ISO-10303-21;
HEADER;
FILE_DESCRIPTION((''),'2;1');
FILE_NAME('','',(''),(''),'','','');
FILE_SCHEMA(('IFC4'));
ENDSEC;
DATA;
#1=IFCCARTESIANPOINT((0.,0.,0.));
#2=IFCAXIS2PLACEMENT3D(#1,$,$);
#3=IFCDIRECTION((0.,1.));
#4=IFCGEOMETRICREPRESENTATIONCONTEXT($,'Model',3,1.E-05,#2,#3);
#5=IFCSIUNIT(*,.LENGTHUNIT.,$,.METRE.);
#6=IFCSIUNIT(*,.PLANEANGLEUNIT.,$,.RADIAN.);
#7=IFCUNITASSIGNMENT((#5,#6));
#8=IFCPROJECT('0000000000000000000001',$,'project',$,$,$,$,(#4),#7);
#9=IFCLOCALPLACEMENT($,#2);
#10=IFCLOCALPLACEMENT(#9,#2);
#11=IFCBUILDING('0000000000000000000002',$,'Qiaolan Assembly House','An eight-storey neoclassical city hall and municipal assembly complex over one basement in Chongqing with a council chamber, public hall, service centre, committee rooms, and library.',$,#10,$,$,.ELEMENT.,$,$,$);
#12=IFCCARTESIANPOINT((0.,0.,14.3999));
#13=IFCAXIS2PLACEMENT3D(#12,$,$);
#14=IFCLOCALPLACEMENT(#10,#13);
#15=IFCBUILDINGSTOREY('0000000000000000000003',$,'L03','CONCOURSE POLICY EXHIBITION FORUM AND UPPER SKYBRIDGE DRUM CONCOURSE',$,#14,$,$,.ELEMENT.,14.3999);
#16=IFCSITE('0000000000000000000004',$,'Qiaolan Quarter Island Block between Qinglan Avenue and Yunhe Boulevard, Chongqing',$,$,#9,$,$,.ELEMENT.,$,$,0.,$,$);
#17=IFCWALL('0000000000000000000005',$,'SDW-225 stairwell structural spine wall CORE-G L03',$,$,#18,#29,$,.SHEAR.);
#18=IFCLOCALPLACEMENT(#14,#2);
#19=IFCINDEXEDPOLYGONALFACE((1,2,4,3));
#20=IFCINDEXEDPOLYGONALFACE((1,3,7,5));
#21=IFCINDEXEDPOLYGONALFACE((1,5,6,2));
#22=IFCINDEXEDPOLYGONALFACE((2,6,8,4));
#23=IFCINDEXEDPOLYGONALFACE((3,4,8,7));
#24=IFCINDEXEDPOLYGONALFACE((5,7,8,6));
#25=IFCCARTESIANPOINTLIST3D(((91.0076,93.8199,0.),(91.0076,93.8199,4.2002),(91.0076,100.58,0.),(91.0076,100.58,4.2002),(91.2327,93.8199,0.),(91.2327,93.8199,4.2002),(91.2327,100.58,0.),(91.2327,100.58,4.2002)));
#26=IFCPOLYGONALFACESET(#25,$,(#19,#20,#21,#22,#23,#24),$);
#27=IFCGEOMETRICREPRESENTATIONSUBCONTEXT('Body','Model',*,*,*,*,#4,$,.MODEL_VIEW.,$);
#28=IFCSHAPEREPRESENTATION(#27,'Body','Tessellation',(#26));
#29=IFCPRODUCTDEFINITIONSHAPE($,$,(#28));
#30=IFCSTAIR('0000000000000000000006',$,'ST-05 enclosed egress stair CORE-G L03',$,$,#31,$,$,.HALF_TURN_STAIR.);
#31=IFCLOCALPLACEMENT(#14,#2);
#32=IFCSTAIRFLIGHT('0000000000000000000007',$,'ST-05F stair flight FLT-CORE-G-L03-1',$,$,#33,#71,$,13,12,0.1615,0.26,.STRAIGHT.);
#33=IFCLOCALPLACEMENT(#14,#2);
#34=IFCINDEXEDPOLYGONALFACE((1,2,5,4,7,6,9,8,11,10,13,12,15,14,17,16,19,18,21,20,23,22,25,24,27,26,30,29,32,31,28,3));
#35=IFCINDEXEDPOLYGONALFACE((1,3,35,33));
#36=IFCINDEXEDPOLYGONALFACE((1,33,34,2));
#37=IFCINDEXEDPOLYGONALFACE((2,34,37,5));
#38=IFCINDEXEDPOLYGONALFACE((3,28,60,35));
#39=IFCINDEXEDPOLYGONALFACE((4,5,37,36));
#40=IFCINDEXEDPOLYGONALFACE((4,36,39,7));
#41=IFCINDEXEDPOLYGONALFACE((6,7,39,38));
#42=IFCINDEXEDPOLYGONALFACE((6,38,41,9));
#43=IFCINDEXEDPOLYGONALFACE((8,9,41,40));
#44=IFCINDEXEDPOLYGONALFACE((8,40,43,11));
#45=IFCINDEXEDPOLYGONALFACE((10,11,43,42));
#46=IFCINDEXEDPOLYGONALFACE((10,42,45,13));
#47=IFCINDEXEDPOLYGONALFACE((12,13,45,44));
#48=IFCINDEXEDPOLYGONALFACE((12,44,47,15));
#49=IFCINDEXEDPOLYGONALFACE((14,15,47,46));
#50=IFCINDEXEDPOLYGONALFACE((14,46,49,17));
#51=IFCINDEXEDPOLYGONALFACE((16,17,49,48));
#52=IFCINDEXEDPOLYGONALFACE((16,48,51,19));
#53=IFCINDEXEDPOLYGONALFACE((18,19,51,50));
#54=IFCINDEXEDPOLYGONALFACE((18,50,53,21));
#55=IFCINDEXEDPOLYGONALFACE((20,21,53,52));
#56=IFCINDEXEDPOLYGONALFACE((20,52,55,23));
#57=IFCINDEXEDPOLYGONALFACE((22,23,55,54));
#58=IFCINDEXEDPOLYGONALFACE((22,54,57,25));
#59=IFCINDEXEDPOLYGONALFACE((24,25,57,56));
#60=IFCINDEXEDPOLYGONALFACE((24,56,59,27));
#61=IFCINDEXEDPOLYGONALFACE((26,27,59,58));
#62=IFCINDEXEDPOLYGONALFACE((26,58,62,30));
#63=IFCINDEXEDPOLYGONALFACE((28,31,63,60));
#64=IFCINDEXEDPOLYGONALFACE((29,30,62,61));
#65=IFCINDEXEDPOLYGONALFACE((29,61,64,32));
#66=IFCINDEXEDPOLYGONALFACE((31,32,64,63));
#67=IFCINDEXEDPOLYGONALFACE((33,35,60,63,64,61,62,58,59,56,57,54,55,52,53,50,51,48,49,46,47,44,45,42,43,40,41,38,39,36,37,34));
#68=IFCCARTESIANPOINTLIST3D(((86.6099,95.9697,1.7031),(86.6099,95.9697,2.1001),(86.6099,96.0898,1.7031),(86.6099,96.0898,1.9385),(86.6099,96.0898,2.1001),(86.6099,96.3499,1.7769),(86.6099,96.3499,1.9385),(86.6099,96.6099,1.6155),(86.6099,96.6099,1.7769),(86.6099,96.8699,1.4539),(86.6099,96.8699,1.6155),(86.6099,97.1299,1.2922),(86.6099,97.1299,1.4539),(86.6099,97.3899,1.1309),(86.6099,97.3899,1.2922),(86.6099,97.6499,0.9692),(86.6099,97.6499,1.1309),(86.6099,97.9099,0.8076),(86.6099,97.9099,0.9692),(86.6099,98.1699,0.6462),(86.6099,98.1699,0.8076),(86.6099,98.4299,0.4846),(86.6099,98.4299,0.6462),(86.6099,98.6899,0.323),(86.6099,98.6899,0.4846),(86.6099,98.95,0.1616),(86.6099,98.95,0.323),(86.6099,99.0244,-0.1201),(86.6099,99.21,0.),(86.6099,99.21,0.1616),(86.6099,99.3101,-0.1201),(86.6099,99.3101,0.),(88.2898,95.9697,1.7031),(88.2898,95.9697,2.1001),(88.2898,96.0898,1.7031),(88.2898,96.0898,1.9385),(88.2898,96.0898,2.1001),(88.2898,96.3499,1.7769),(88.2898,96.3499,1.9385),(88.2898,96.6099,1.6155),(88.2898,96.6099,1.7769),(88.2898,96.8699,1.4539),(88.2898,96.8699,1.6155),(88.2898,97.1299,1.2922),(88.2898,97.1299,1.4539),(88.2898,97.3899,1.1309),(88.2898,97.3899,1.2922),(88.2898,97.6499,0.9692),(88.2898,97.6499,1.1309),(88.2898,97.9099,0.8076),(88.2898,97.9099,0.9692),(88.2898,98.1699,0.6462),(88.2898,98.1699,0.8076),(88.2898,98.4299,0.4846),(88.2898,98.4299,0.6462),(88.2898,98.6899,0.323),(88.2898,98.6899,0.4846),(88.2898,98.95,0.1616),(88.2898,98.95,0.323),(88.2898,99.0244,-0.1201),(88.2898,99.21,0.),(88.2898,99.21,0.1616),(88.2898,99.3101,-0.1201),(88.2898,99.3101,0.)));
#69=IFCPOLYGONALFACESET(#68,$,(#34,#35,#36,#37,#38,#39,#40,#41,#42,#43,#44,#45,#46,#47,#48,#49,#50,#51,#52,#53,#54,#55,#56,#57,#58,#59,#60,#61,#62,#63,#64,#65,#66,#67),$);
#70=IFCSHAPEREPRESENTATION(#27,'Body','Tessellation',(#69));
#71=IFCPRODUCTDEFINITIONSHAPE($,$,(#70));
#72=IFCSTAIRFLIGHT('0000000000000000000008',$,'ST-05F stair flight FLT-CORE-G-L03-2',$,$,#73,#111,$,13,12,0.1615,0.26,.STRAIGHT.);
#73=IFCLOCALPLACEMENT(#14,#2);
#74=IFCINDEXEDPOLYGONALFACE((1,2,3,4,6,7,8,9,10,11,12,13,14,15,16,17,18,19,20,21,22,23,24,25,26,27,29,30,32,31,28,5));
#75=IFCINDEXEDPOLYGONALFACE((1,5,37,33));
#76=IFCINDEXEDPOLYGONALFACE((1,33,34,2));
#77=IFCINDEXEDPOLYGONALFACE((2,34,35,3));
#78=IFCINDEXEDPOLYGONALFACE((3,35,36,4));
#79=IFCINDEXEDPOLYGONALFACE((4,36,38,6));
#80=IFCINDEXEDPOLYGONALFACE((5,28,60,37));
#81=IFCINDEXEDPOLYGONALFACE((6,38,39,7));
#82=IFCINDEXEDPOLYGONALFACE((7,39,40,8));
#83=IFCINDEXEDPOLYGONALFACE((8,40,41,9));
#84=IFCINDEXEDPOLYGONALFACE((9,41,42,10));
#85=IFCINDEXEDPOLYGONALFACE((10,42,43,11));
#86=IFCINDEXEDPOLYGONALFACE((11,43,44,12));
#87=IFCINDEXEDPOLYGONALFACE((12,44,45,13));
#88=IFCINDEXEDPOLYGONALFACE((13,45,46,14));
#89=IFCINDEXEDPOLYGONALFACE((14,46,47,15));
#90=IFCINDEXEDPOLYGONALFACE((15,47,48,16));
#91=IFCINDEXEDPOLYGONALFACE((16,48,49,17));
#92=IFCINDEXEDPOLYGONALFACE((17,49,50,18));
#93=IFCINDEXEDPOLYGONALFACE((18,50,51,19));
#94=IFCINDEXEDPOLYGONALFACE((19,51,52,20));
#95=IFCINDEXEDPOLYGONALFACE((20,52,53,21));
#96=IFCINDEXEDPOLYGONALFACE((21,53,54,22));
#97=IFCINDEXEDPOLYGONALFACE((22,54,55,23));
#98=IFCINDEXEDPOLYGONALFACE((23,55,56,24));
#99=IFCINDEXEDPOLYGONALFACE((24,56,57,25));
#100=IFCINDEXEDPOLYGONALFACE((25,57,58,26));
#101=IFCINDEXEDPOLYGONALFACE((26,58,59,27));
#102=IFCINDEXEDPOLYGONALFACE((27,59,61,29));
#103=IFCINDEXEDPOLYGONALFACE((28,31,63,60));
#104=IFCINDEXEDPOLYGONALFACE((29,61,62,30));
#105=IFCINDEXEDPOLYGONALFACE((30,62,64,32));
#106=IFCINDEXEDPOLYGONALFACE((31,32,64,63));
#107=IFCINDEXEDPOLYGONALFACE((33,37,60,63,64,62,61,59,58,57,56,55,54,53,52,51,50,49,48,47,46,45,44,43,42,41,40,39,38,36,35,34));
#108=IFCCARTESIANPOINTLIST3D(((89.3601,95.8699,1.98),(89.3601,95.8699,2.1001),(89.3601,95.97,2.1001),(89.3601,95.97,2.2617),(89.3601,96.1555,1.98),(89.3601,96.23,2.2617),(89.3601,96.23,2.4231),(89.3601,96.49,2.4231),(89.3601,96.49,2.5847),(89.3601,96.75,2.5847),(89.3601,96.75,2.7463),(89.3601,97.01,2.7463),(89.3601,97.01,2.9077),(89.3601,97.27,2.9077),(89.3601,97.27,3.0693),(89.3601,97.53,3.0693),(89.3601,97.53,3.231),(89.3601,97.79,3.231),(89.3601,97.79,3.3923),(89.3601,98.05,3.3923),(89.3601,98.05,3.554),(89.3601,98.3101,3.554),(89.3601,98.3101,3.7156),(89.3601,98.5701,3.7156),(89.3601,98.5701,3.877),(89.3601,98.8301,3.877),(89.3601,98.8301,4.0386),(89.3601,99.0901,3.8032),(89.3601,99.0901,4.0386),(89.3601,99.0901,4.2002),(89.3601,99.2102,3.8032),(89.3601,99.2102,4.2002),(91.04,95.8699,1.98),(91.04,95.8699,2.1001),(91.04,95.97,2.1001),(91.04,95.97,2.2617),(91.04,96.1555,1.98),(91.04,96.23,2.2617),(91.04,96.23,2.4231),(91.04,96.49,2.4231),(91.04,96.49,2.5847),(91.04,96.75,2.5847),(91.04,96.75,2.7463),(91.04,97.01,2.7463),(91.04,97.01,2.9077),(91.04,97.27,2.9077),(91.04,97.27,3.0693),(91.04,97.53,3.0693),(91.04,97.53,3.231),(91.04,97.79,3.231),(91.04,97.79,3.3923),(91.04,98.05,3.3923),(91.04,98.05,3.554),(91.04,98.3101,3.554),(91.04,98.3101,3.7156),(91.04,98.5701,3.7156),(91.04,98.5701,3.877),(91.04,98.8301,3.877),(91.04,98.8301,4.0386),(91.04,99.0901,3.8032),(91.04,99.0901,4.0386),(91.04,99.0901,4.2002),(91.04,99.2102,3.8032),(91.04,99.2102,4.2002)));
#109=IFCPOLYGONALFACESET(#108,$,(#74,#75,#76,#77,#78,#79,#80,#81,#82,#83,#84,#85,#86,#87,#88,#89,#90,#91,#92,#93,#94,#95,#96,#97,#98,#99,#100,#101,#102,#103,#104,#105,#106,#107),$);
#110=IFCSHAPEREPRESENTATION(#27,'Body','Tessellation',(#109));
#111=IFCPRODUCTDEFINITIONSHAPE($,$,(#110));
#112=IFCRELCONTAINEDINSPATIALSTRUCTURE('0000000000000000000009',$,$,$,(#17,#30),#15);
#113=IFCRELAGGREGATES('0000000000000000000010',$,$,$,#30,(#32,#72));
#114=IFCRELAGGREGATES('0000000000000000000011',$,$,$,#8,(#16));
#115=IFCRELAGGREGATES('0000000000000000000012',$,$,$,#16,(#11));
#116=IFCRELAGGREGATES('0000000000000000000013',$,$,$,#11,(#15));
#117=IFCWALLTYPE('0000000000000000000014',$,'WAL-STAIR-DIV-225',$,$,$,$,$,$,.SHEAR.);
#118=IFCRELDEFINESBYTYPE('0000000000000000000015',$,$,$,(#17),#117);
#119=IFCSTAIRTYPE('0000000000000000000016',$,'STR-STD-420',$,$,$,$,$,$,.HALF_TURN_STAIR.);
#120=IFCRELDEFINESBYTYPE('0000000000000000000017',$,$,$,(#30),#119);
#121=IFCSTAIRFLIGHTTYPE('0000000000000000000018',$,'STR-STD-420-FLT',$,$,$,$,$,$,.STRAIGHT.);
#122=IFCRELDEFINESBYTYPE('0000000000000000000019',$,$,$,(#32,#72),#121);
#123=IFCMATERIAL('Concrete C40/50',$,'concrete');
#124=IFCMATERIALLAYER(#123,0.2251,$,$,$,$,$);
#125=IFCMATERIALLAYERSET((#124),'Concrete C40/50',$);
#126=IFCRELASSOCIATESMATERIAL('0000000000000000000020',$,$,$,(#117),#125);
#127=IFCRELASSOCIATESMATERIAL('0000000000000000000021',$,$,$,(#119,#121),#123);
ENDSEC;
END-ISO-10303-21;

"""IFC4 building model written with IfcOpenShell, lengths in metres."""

from ifc_helpers import new_model, si_unit, direction, frame, frame_2d, origin, place, context, subcontext, project, spatial, polyline, rectangle, outline, extrude, material, layer, layer_set, type_object, element, aggregate, save


model = new_model("IFC4")

# Units and contexts
model_context = context("Model", 3, precision=1e-05, world=origin(), true_north=direction((0.0, 1.0)))
body_context = subcontext(model_context, "Body", "Model", "MODEL_VIEW")
ifc_project = project(units=[si_unit("LENGTHUNIT", "METRE"), si_unit("PLANEANGLEUNIT", "RADIAN")], contexts=[model_context])

# Site, building, storey
site_placement = place(None, origin())
site = spatial("IfcSite", under=ifc_project, at=site_placement, Name="Qiaolan Quarter Island Block between Qinglan Avenue and Yunhe Boulevard, Chongqing", CompositionType="ELEMENT", RefElevation=0.0)
building_placement = place(site_placement, origin())
building = spatial("IfcBuilding", under=site, at=building_placement, Name="Qiaolan Assembly House", Description="An eight-storey neoclassical city hall and municipal assembly complex over one basement in Chongqing with a council chamber, public hall, service centre, committee rooms, and library.", CompositionType="ELEMENT")
storey_placement = place(building_placement, frame((0.0, 0.0, 14.3999)))
storey = spatial("IfcBuildingStorey", under=building, at=storey_placement, Name="L03", Description="CONCOURSE POLICY EXHIBITION FORUM AND UPPER SKYBRIDGE DRUM CONCOURSE", CompositionType="ELEMENT", Elevation=14.3999)

# Shared definitions
ifc_material_1 = material(Name="Concrete C40/50", Category="concrete")

# Wall
ifc_layer_1 = layer(ifc_material_1, 0.2251)
ifc_layer_set_1 = layer_set([ifc_layer_1], Name="Concrete C40/50")
wall_type_1 = type_object("IfcWallType", Name="WAL-STAIR-DIV-225", PredefinedType="SHEAR", material=ifc_layer_set_1)
wall_1_placement = place(storey_placement, frame((91.1201, 93.8201, 0.0), z_axis=(0.0, 0.0, 1.0), x_axis=(0.0, 1.0, 0.0)))
element("IfcWall", 1, at=wall_1_placement, inside=storey, type_object=wall_type_1, Name="SDW-225 stairwell structural spine wall CORE-G L03", PredefinedType="SHEAR", context=body_context, shape_type="SweptSolid", body=[
    extrude(rectangle(XDim=6.76, YDim=0.2251, at=frame_2d((3.3799, 0.0))), origin(), (0.0, 0.0, 1.0), 4.2002),
])

# Stair, stair flights
stair_type = type_object("IfcStairType", Name="STR-STD-420", PredefinedType="HALF_TURN_STAIR", material=ifc_material_1)
stair_placement = place(storey_placement, origin())
stair = element("IfcStair", 2, at=stair_placement, inside=storey, type_object=stair_type, Name="ST-05 enclosed egress stair CORE-G L03", PredefinedType="HALF_TURN_STAIR")
stair_flight_type = type_object("IfcStairFlightType", Name="STR-STD-420-FLT", PredefinedType="STRAIGHT", material=ifc_material_1)
stair_flight_1_placement = place(storey_placement, frame((87.45, 99.21, 0.0), z_axis=(0.0, 0.0, 1.0), x_axis=(0.0, -1.0, 0.0)))
stair_flight_1 = element("IfcStairFlight", 3, at=stair_flight_1_placement, type_object=stair_flight_type, Name="ST-05F stair flight FLT-CORE-G-L03-1", NumberOfRisers=13, NumberOfTreads=12, PredefinedType="STRAIGHT", RiserHeight=0.1615, TreadLength=0.26, context=body_context, shape_type="SweptSolid", body=[
    extrude(outline(polyline([(-0.1001, -0.1201), (-0.1001, 0.0), (0.0, 0.0), (0.0, 0.1616), (0.26, 0.1616), (0.26, 0.323), (0.52, 0.323), (0.52, 0.4846), (0.78, 0.4846), (0.78, 0.6462), (1.04, 0.6462), (1.04, 0.8076), (1.3, 0.8076), (1.3, 0.9692), (1.5601, 0.9692), (1.5601, 1.1309), (1.8201, 1.1309), (1.8201, 1.2922), (2.0801, 1.2922), (2.0801, 1.4539), (2.3401, 1.4539), (2.3401, 1.6155), (2.6001, 1.6155), (2.6001, 1.7769), (2.8601, 1.7769), (2.8601, 1.9385), (3.1201, 1.9385), (3.1201, 2.1001), (3.2402, 2.1001), (3.2402, 1.7031), (3.1201, 1.7031), (0.1855, -0.1201), (-0.1001, -0.1201)])), frame((0.0, 0.8398, 0.0), z_axis=(0.0, -1.0, 0.0), x_axis=(1.0, 0.0, 0.0)), (0.0, 0.0, 1.0), 1.6799),
])
stair_flight_2_placement = place(storey_placement, frame((90.2, 95.97, 2.1001), z_axis=(0.0, 0.0, 1.0), x_axis=(0.0, 1.0, 0.0)))
stair_flight_2 = element("IfcStairFlight", 4, at=stair_flight_2_placement, type_object=stair_flight_type, Name="ST-05F stair flight FLT-CORE-G-L03-2", NumberOfRisers=13, NumberOfTreads=12, PredefinedType="STRAIGHT", RiserHeight=0.1615, TreadLength=0.26, context=body_context, shape_type="SweptSolid", body=[
    extrude(outline(polyline([(-0.1001, -0.1201), (-0.1001, 0.0), (0.0, 0.0), (0.0, 0.1616), (0.26, 0.1616), (0.26, 0.323), (0.52, 0.323), (0.52, 0.4846), (0.78, 0.4846), (0.78, 0.6462), (1.04, 0.6462), (1.04, 0.8076), (1.3, 0.8076), (1.3, 0.9692), (1.5601, 0.9692), (1.5601, 1.1309), (1.8201, 1.1309), (1.8201, 1.2922), (2.0801, 1.2922), (2.0801, 1.4539), (2.3401, 1.4539), (2.3401, 1.6155), (2.6001, 1.6155), (2.6001, 1.7769), (2.8601, 1.7769), (2.8601, 1.9385), (3.1201, 1.9385), (3.1201, 2.1001), (3.2402, 2.1001), (3.2402, 1.7031), (3.1201, 1.7031), (0.1855, -0.1201), (-0.1001, -0.1201)])), frame((0.0, 0.8398, 0.0), z_axis=(0.0, -1.0, 0.0), x_axis=(1.0, 0.0, 0.0)), (0.0, 0.0, 1.0), 1.6799),
])
aggregate(stair, [stair_flight_1, stair_flight_2])

save(model, "model.ifc")
